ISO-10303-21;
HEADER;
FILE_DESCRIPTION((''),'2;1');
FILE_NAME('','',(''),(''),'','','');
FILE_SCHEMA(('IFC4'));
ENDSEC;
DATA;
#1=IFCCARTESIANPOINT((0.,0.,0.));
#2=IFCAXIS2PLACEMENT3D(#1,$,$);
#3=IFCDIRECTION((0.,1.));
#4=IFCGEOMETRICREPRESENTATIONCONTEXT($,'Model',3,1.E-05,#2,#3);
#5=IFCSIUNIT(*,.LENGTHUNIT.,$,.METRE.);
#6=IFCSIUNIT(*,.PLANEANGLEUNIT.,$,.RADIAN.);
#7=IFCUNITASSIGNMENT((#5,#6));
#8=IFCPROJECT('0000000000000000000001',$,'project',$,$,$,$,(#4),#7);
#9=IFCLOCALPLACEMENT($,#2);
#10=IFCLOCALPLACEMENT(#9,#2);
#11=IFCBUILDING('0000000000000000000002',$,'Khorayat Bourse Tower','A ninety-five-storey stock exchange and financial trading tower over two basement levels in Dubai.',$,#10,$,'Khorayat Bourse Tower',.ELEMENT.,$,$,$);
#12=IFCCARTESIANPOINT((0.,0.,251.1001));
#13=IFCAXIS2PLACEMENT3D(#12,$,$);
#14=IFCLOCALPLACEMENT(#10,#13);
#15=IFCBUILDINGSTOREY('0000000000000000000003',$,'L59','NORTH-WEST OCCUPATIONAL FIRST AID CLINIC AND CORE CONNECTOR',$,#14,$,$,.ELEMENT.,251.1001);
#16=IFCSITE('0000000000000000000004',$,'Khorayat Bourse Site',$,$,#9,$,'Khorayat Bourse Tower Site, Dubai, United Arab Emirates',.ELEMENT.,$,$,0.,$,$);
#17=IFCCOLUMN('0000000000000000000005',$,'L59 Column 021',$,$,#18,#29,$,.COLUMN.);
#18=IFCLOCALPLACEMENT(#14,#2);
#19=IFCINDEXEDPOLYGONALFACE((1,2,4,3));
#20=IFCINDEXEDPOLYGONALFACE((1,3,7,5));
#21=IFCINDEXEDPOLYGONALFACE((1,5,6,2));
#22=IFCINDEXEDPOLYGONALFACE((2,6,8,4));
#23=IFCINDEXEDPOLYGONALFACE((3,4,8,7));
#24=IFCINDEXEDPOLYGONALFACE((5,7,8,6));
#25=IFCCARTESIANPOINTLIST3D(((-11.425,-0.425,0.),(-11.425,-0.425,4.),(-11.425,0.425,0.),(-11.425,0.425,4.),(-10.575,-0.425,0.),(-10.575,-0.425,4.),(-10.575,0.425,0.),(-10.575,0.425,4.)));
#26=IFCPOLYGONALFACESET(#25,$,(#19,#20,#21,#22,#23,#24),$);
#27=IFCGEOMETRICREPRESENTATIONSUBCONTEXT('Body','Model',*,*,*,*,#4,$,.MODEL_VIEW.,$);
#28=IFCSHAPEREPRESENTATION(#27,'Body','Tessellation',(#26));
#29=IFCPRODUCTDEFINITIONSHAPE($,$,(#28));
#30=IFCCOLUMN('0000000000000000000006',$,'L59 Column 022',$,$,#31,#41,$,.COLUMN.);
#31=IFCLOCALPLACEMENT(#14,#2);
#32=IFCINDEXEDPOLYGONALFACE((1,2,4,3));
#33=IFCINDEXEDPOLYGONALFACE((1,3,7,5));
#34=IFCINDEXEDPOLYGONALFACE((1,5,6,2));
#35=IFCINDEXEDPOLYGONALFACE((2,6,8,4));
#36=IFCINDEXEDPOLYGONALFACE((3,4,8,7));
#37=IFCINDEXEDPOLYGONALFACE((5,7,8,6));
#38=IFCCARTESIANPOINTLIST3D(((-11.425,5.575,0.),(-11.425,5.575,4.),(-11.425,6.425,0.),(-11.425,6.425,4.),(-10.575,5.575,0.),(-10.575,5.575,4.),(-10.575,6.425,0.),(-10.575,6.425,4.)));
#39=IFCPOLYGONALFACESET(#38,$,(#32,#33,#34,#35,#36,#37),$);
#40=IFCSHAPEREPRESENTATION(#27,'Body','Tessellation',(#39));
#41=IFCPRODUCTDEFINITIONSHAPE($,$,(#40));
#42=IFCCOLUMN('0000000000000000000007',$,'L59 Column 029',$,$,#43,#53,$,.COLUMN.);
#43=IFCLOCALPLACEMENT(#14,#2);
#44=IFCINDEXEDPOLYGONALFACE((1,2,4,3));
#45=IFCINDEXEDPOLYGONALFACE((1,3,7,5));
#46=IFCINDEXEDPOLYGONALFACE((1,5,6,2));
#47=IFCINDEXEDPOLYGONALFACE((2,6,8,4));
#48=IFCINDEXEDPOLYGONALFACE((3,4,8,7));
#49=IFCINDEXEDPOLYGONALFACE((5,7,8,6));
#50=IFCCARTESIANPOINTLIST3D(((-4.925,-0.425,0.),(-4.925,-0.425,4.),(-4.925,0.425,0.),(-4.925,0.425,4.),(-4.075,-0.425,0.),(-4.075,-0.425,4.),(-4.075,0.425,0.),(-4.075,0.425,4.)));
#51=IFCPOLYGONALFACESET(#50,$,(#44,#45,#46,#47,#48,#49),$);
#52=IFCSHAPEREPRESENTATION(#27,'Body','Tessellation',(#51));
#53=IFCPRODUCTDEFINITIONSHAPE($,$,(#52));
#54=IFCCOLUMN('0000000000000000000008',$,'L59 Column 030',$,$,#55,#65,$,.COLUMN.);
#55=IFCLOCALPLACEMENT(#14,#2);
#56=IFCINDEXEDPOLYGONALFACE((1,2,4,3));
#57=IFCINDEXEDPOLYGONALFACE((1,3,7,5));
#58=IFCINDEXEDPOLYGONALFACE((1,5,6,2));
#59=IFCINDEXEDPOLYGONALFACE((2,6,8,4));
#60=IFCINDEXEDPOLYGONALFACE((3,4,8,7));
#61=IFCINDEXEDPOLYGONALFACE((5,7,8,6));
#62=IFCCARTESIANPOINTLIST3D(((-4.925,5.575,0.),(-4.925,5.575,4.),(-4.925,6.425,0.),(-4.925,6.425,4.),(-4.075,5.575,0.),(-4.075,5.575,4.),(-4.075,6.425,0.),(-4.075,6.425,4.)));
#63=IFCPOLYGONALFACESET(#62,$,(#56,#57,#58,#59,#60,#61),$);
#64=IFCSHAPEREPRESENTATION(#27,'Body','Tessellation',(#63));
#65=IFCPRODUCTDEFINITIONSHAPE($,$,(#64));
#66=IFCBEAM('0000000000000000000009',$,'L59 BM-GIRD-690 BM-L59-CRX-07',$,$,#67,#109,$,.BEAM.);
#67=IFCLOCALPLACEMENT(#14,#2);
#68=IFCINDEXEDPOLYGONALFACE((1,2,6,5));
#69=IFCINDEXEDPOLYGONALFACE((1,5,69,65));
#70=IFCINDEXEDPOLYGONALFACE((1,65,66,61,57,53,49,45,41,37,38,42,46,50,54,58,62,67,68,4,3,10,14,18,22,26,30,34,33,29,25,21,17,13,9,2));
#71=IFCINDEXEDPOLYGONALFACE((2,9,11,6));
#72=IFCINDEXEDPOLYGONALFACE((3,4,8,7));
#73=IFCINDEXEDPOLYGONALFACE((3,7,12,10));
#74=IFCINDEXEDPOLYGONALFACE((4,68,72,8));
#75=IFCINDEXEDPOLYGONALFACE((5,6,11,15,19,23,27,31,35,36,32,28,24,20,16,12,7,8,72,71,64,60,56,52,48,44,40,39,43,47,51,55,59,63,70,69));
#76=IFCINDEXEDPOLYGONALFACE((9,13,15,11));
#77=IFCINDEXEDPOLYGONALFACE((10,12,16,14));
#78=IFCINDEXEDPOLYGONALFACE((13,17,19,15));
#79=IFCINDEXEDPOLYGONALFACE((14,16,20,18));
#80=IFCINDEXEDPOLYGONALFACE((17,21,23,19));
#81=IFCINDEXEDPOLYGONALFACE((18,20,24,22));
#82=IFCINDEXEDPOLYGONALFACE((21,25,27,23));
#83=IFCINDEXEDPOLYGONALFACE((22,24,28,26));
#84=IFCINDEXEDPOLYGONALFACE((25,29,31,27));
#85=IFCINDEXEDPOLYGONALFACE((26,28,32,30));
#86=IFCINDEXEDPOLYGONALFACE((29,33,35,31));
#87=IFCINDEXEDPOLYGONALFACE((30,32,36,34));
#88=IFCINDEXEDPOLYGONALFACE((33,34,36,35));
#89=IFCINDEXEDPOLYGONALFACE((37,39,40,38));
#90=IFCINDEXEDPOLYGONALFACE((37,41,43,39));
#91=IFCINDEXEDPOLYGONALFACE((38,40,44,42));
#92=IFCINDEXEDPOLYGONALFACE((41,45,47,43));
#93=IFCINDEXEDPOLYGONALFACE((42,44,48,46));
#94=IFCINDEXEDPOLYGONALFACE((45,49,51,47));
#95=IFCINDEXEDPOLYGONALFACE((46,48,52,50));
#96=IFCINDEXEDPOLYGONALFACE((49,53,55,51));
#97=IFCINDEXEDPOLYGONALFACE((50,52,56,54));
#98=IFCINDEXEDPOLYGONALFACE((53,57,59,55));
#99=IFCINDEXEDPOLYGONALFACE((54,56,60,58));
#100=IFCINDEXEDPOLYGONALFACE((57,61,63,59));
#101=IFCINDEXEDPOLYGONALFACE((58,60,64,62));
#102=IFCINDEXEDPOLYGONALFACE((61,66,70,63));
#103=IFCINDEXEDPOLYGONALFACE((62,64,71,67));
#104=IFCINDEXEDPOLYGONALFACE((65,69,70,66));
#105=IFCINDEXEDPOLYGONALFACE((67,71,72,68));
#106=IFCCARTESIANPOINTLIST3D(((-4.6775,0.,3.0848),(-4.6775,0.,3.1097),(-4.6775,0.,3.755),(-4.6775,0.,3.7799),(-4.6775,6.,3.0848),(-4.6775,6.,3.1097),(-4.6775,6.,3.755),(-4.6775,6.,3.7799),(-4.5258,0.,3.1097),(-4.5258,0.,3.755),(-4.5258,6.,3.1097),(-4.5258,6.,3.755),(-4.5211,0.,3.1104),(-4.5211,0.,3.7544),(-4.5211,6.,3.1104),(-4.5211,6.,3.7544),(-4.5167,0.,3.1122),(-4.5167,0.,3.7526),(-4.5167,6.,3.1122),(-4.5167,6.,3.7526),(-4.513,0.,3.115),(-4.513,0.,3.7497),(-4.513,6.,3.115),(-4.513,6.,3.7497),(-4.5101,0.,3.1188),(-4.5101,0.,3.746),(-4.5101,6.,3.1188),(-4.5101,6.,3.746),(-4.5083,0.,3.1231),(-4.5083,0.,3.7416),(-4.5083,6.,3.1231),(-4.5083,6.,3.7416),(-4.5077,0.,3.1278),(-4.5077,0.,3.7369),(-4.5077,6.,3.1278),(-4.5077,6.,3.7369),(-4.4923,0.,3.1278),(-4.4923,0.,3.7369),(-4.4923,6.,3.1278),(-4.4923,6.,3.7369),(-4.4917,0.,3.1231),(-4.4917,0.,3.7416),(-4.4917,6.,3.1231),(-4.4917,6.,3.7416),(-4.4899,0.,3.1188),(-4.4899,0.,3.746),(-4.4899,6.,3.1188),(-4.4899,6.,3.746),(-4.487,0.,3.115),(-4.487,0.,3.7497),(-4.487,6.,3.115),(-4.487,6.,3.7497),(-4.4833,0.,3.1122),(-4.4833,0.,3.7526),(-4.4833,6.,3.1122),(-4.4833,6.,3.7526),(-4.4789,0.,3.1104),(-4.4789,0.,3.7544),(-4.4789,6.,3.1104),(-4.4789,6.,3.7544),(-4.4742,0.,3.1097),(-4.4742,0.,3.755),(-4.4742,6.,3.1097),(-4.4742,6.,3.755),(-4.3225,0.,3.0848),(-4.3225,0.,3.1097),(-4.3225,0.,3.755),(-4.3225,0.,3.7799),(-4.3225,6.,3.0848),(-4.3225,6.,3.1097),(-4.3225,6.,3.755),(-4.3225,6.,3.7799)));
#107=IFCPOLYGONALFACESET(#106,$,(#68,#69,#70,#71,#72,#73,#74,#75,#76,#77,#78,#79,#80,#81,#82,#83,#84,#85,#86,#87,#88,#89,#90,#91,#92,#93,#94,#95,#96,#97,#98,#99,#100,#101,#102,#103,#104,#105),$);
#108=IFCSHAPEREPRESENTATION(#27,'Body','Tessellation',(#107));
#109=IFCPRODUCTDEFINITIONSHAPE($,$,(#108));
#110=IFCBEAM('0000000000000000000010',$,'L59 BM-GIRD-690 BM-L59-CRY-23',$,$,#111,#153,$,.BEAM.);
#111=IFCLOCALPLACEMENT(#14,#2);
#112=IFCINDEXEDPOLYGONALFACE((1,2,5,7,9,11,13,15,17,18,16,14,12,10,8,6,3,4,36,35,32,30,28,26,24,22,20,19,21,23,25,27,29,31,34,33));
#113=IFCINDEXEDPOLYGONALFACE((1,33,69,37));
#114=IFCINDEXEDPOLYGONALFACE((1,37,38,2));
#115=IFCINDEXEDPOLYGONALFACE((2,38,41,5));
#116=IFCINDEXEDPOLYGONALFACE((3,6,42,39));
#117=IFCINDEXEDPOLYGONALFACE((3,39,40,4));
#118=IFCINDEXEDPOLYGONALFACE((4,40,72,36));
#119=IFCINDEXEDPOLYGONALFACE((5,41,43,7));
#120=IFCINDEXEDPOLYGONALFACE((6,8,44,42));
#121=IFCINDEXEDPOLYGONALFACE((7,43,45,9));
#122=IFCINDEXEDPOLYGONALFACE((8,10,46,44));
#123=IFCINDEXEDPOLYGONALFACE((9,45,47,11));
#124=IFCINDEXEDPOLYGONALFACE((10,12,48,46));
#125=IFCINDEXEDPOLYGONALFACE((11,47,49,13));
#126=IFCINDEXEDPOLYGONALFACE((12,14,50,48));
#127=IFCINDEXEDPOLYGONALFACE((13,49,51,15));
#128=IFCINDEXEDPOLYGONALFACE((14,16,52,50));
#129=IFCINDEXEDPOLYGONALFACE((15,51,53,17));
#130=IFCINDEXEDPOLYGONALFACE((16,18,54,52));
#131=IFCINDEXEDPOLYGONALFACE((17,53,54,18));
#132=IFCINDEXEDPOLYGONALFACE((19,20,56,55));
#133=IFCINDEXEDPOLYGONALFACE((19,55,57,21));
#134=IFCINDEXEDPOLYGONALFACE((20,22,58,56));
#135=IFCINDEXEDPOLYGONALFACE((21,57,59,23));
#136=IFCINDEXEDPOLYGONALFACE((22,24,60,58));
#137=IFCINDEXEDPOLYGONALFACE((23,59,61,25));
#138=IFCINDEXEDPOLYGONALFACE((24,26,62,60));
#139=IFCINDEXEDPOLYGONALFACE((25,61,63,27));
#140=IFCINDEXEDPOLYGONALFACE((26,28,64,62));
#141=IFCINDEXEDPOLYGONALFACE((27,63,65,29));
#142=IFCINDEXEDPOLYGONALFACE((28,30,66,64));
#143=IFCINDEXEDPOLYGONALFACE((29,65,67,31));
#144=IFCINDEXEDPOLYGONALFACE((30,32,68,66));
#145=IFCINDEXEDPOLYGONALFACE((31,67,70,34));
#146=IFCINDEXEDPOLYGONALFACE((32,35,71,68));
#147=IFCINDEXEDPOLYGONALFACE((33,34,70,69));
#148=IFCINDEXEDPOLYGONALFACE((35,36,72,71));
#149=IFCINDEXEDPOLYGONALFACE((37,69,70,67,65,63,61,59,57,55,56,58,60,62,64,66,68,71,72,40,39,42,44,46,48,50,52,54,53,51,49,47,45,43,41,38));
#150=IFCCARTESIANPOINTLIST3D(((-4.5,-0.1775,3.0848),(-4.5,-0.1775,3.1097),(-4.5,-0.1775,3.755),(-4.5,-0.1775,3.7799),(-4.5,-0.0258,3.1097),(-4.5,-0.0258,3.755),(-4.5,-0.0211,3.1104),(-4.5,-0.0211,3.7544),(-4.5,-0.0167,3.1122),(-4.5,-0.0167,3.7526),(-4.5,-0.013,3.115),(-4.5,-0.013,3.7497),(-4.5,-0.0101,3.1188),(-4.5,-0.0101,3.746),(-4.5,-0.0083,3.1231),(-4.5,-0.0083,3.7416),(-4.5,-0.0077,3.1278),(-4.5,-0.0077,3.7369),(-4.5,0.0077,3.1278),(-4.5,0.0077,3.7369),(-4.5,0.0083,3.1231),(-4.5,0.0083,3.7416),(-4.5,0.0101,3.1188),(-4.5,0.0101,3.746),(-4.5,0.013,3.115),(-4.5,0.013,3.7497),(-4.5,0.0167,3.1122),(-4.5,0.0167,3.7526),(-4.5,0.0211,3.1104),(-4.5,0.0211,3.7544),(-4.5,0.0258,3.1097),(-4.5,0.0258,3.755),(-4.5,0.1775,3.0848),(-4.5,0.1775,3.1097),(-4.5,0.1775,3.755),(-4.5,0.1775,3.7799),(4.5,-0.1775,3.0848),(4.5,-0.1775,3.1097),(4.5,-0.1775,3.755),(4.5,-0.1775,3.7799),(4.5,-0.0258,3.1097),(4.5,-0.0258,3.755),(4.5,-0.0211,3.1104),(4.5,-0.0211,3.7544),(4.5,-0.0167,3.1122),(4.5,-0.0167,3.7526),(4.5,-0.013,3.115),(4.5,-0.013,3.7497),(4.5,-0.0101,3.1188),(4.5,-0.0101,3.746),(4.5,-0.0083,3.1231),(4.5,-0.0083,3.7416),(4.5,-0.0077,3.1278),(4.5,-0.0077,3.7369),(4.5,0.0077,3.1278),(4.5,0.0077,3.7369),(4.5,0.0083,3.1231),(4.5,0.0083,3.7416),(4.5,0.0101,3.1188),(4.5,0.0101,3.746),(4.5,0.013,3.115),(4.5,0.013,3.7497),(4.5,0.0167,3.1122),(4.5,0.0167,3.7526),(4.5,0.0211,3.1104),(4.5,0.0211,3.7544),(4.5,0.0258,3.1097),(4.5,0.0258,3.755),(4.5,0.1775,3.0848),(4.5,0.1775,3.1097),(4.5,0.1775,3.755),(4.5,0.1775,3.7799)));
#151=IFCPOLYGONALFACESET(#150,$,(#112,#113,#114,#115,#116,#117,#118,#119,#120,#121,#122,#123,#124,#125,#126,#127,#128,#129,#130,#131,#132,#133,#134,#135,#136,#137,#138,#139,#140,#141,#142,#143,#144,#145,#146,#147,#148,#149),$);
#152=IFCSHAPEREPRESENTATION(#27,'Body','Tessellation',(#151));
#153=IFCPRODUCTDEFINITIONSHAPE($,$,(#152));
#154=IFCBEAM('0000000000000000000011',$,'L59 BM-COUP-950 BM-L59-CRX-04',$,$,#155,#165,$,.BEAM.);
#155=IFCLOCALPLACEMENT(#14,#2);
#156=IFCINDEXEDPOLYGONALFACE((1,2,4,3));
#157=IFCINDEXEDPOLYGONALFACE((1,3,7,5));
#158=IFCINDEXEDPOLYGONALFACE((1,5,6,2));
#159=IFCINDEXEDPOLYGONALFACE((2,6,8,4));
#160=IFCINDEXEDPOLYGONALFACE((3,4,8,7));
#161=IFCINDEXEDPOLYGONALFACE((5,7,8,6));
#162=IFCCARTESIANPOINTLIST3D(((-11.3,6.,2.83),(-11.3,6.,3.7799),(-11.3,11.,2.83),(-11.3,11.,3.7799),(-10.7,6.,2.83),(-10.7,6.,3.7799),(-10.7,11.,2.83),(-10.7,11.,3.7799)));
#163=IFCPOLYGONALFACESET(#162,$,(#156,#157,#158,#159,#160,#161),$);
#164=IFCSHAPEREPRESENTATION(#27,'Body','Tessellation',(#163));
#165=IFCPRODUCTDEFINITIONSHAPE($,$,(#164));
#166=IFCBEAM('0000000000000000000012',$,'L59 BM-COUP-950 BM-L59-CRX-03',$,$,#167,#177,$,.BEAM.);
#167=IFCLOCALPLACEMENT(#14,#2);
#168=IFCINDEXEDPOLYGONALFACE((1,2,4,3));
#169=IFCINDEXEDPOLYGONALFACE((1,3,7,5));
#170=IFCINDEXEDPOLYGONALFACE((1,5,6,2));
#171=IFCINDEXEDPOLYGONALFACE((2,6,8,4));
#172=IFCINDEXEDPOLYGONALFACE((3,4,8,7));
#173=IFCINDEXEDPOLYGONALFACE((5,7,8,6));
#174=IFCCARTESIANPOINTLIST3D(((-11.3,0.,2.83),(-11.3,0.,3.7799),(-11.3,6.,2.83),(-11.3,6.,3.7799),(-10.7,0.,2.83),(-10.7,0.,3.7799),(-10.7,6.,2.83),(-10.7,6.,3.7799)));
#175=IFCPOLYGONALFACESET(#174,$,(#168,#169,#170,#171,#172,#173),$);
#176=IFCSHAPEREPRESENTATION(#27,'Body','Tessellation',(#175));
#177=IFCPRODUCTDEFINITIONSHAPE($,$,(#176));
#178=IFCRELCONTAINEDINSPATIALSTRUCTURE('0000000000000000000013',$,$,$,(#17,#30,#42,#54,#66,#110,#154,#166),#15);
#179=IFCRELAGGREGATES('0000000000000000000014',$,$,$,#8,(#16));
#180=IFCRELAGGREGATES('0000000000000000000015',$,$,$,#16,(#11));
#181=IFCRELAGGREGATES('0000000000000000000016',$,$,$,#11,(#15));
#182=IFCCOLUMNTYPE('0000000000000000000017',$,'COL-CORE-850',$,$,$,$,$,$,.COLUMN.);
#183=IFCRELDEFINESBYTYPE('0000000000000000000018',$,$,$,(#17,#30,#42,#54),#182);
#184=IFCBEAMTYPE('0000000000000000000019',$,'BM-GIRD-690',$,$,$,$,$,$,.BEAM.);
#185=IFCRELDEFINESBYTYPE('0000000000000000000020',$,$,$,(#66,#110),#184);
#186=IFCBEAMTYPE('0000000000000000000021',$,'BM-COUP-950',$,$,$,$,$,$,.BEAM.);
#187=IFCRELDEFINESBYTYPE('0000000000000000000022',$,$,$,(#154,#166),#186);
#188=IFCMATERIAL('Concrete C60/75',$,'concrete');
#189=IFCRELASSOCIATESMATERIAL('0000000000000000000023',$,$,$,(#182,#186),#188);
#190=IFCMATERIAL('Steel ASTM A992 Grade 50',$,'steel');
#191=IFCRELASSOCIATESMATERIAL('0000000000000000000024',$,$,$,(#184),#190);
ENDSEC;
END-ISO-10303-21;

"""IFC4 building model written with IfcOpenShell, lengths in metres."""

from ifc_helpers import new_model, si_unit, direction, frame, origin, origin_2d, place, context, subcontext, project, spatial, rectangle, i_section, extrude, source, transform, mapped, material, material_profile, profile_set, type_object, element, save


model = new_model("IFC4")

# Units and contexts
model_context = context("Model", 3, precision=1e-05, world=origin(), true_north=direction((0.0, 1.0)))
body_context = subcontext(model_context, "Body", "Model", "MODEL_VIEW")
ifc_project = project(units=[si_unit("LENGTHUNIT", "METRE"), si_unit("PLANEANGLEUNIT", "RADIAN")], contexts=[model_context])

# Site, building, storey
site_placement = place(None, origin())
site = spatial("IfcSite", under=ifc_project, at=site_placement, Name="Khorayat Bourse Site", LongName="Khorayat Bourse Tower Site, Dubai, United Arab Emirates", CompositionType="ELEMENT", RefElevation=0.0)
building_placement = place(site_placement, origin())
building = spatial("IfcBuilding", under=site, at=building_placement, Name="Khorayat Bourse Tower", Description="A ninety-five-storey stock exchange and financial trading tower over two basement levels in Dubai.", LongName="Khorayat Bourse Tower", CompositionType="ELEMENT")
storey_placement = place(building_placement, frame((0.0, 0.0, 251.1001)))
storey = spatial("IfcBuildingStorey", under=building, at=storey_placement, Name="L59", Description="NORTH-WEST OCCUPATIONAL FIRST AID CLINIC AND CORE CONNECTOR", CompositionType="ELEMENT", Elevation=251.1001)

# Columns
ifc_material_1 = material(Name="Concrete C60/75", Category="concrete")
ifc_material_profile_1 = material_profile(ifc_material_1, rectangle(XDim=0.8501, YDim=0.8501, at=origin_2d()), Name="RC 850x850")
ifc_profile_set_1 = profile_set([ifc_material_profile_1], Name="Concrete C60/75")
column_type = type_object("IfcColumnType", Name="COL-CORE-850", PredefinedType="COLUMN", material=ifc_profile_set_1)
shared_shape_1 = source(origin(), body_context, "Body", "SweptSolid", [
    extrude(rectangle(XDim=0.8501, YDim=0.8501, at=origin_2d()), origin(), (0.0, 0.0, 1.0), 4.0),
])
for number, where, z_axis, x_axis, name in (
    (1, (-11.0, 0.0, 0.0), (0.0, 0.0, 1.0), (1.0, 0.0, 0.0), "L59 Column 021"),
    (2, (-11.0, 6.0, 0.0), (0.0, 0.0, 1.0), (1.0, 0.0, 0.0), "L59 Column 022"),
    (3, (-4.5, 0.0, 0.0), (0.0, 0.0, 1.0), (1.0, 0.0, 0.0), "L59 Column 029"),
    (4, (-4.5, 6.0, 0.0), (0.0, 0.0, 1.0), (1.0, 0.0, 0.0), "L59 Column 030"),
):
    element("IfcColumn", number, at=place(storey_placement, frame(where, z_axis=z_axis, x_axis=x_axis)), inside=storey, type_object=column_type, Name=name, PredefinedType="COLUMN", context=body_context, shape_type="MappedRepresentation", body=[
        mapped(shared_shape_1, transform((0.0, 0.0, 0.0), scale=1.0)),
    ])

# Beams
ifc_material_2 = material(Name="Steel ASTM A992 Grade 50", Category="steel")
ifc_material_profile_2 = material_profile(ifc_material_2, i_section(OverallWidth=0.355, OverallDepth=0.6951, WebThickness=0.0154, FlangeThickness=0.0249, FilletRadius=0.0181, at=origin_2d()), Name="W690X217")
ifc_profile_set_2 = profile_set([ifc_material_profile_2], Name="Steel ASTM A992 Grade 50")
beam_type_1 = type_object("IfcBeamType", Name="BM-GIRD-690", PredefinedType="BEAM", material=ifc_profile_set_2)
shared_shape_2 = source(origin(), body_context, "Body", "SweptSolid", [
    extrude(i_section(OverallWidth=0.355, OverallDepth=0.6951, WebThickness=0.0154, FlangeThickness=0.0249, FilletRadius=0.0181, at=origin_2d()), origin(), (0.0, 0.0, 1.0), 6.0),
])
beam_1_placement = place(storey_placement, frame((-4.5, 0.0, 3.4324), z_axis=(0.0, 1.0, 0.0), x_axis=(-1.0, 0.0, 0.0)))
element("IfcBeam", 5, at=beam_1_placement, inside=storey, type_object=beam_type_1, Name="L59 BM-GIRD-690 BM-L59-CRX-07", PredefinedType="BEAM", context=body_context, shape_type="MappedRepresentation", body=[
    mapped(shared_shape_2, transform((0.0, 0.0, 0.0), scale=1.0)),
])
shared_shape_3 = source(origin(), body_context, "Body", "SweptSolid", [
    extrude(i_section(OverallWidth=0.355, OverallDepth=0.6951, WebThickness=0.0154, FlangeThickness=0.0249, FilletRadius=0.0181, at=origin_2d()), origin(), (0.0, 0.0, 1.0), 9.0),
])
beam_2_placement = place(storey_placement, frame((-4.5, 0.0, 3.4324), z_axis=(1.0, 0.0, 0.0), x_axis=(0.0, 1.0, 0.0)))
element("IfcBeam", 6, at=beam_2_placement, inside=storey, type_object=beam_type_1, Name="L59 BM-GIRD-690 BM-L59-CRY-23", PredefinedType="BEAM", context=body_context, shape_type="MappedRepresentation", body=[
    mapped(shared_shape_3, transform((0.0, 0.0, 0.0), scale=1.0)),
])
ifc_material_profile_3 = material_profile(ifc_material_1, rectangle(XDim=0.6001, YDim=0.95, at=origin_2d()), Name="RC 600x950")
ifc_profile_set_3 = profile_set([ifc_material_profile_3], Name="Concrete C60/75")
beam_type_2 = type_object("IfcBeamType", Name="BM-COUP-950", PredefinedType="BEAM", material=ifc_profile_set_3)
shared_shape_4 = source(origin(), body_context, "Body", "SweptSolid", [
    extrude(rectangle(XDim=0.6001, YDim=0.95, at=origin_2d()), origin(), (0.0, 0.0, 1.0), 5.0),
])
beam_3_placement = place(storey_placement, frame((-11.0, 6.0, 3.3049), z_axis=(0.0, 1.0, 0.0), x_axis=(-1.0, 0.0, 0.0)))
element("IfcBeam", 7, at=beam_3_placement, inside=storey, type_object=beam_type_2, Name="L59 BM-COUP-950 BM-L59-CRX-04", PredefinedType="BEAM", context=body_context, shape_type="MappedRepresentation", body=[
    mapped(shared_shape_4, transform((0.0, 0.0, 0.0), scale=1.0)),
])
shared_shape_5 = source(origin(), body_context, "Body", "SweptSolid", [
    extrude(rectangle(XDim=0.6001, YDim=0.95, at=origin_2d()), origin(), (0.0, 0.0, 1.0), 6.0),
])
beam_4_placement = place(storey_placement, frame((-11.0, 0.0, 3.3049), z_axis=(0.0, 1.0, 0.0), x_axis=(-1.0, 0.0, 0.0)))
element("IfcBeam", 8, at=beam_4_placement, inside=storey, type_object=beam_type_2, Name="L59 BM-COUP-950 BM-L59-CRX-03", PredefinedType="BEAM", context=body_context, shape_type="MappedRepresentation", body=[
    mapped(shared_shape_5, transform((0.0, 0.0, 0.0), scale=1.0)),
])

save(model, "model.ifc")
